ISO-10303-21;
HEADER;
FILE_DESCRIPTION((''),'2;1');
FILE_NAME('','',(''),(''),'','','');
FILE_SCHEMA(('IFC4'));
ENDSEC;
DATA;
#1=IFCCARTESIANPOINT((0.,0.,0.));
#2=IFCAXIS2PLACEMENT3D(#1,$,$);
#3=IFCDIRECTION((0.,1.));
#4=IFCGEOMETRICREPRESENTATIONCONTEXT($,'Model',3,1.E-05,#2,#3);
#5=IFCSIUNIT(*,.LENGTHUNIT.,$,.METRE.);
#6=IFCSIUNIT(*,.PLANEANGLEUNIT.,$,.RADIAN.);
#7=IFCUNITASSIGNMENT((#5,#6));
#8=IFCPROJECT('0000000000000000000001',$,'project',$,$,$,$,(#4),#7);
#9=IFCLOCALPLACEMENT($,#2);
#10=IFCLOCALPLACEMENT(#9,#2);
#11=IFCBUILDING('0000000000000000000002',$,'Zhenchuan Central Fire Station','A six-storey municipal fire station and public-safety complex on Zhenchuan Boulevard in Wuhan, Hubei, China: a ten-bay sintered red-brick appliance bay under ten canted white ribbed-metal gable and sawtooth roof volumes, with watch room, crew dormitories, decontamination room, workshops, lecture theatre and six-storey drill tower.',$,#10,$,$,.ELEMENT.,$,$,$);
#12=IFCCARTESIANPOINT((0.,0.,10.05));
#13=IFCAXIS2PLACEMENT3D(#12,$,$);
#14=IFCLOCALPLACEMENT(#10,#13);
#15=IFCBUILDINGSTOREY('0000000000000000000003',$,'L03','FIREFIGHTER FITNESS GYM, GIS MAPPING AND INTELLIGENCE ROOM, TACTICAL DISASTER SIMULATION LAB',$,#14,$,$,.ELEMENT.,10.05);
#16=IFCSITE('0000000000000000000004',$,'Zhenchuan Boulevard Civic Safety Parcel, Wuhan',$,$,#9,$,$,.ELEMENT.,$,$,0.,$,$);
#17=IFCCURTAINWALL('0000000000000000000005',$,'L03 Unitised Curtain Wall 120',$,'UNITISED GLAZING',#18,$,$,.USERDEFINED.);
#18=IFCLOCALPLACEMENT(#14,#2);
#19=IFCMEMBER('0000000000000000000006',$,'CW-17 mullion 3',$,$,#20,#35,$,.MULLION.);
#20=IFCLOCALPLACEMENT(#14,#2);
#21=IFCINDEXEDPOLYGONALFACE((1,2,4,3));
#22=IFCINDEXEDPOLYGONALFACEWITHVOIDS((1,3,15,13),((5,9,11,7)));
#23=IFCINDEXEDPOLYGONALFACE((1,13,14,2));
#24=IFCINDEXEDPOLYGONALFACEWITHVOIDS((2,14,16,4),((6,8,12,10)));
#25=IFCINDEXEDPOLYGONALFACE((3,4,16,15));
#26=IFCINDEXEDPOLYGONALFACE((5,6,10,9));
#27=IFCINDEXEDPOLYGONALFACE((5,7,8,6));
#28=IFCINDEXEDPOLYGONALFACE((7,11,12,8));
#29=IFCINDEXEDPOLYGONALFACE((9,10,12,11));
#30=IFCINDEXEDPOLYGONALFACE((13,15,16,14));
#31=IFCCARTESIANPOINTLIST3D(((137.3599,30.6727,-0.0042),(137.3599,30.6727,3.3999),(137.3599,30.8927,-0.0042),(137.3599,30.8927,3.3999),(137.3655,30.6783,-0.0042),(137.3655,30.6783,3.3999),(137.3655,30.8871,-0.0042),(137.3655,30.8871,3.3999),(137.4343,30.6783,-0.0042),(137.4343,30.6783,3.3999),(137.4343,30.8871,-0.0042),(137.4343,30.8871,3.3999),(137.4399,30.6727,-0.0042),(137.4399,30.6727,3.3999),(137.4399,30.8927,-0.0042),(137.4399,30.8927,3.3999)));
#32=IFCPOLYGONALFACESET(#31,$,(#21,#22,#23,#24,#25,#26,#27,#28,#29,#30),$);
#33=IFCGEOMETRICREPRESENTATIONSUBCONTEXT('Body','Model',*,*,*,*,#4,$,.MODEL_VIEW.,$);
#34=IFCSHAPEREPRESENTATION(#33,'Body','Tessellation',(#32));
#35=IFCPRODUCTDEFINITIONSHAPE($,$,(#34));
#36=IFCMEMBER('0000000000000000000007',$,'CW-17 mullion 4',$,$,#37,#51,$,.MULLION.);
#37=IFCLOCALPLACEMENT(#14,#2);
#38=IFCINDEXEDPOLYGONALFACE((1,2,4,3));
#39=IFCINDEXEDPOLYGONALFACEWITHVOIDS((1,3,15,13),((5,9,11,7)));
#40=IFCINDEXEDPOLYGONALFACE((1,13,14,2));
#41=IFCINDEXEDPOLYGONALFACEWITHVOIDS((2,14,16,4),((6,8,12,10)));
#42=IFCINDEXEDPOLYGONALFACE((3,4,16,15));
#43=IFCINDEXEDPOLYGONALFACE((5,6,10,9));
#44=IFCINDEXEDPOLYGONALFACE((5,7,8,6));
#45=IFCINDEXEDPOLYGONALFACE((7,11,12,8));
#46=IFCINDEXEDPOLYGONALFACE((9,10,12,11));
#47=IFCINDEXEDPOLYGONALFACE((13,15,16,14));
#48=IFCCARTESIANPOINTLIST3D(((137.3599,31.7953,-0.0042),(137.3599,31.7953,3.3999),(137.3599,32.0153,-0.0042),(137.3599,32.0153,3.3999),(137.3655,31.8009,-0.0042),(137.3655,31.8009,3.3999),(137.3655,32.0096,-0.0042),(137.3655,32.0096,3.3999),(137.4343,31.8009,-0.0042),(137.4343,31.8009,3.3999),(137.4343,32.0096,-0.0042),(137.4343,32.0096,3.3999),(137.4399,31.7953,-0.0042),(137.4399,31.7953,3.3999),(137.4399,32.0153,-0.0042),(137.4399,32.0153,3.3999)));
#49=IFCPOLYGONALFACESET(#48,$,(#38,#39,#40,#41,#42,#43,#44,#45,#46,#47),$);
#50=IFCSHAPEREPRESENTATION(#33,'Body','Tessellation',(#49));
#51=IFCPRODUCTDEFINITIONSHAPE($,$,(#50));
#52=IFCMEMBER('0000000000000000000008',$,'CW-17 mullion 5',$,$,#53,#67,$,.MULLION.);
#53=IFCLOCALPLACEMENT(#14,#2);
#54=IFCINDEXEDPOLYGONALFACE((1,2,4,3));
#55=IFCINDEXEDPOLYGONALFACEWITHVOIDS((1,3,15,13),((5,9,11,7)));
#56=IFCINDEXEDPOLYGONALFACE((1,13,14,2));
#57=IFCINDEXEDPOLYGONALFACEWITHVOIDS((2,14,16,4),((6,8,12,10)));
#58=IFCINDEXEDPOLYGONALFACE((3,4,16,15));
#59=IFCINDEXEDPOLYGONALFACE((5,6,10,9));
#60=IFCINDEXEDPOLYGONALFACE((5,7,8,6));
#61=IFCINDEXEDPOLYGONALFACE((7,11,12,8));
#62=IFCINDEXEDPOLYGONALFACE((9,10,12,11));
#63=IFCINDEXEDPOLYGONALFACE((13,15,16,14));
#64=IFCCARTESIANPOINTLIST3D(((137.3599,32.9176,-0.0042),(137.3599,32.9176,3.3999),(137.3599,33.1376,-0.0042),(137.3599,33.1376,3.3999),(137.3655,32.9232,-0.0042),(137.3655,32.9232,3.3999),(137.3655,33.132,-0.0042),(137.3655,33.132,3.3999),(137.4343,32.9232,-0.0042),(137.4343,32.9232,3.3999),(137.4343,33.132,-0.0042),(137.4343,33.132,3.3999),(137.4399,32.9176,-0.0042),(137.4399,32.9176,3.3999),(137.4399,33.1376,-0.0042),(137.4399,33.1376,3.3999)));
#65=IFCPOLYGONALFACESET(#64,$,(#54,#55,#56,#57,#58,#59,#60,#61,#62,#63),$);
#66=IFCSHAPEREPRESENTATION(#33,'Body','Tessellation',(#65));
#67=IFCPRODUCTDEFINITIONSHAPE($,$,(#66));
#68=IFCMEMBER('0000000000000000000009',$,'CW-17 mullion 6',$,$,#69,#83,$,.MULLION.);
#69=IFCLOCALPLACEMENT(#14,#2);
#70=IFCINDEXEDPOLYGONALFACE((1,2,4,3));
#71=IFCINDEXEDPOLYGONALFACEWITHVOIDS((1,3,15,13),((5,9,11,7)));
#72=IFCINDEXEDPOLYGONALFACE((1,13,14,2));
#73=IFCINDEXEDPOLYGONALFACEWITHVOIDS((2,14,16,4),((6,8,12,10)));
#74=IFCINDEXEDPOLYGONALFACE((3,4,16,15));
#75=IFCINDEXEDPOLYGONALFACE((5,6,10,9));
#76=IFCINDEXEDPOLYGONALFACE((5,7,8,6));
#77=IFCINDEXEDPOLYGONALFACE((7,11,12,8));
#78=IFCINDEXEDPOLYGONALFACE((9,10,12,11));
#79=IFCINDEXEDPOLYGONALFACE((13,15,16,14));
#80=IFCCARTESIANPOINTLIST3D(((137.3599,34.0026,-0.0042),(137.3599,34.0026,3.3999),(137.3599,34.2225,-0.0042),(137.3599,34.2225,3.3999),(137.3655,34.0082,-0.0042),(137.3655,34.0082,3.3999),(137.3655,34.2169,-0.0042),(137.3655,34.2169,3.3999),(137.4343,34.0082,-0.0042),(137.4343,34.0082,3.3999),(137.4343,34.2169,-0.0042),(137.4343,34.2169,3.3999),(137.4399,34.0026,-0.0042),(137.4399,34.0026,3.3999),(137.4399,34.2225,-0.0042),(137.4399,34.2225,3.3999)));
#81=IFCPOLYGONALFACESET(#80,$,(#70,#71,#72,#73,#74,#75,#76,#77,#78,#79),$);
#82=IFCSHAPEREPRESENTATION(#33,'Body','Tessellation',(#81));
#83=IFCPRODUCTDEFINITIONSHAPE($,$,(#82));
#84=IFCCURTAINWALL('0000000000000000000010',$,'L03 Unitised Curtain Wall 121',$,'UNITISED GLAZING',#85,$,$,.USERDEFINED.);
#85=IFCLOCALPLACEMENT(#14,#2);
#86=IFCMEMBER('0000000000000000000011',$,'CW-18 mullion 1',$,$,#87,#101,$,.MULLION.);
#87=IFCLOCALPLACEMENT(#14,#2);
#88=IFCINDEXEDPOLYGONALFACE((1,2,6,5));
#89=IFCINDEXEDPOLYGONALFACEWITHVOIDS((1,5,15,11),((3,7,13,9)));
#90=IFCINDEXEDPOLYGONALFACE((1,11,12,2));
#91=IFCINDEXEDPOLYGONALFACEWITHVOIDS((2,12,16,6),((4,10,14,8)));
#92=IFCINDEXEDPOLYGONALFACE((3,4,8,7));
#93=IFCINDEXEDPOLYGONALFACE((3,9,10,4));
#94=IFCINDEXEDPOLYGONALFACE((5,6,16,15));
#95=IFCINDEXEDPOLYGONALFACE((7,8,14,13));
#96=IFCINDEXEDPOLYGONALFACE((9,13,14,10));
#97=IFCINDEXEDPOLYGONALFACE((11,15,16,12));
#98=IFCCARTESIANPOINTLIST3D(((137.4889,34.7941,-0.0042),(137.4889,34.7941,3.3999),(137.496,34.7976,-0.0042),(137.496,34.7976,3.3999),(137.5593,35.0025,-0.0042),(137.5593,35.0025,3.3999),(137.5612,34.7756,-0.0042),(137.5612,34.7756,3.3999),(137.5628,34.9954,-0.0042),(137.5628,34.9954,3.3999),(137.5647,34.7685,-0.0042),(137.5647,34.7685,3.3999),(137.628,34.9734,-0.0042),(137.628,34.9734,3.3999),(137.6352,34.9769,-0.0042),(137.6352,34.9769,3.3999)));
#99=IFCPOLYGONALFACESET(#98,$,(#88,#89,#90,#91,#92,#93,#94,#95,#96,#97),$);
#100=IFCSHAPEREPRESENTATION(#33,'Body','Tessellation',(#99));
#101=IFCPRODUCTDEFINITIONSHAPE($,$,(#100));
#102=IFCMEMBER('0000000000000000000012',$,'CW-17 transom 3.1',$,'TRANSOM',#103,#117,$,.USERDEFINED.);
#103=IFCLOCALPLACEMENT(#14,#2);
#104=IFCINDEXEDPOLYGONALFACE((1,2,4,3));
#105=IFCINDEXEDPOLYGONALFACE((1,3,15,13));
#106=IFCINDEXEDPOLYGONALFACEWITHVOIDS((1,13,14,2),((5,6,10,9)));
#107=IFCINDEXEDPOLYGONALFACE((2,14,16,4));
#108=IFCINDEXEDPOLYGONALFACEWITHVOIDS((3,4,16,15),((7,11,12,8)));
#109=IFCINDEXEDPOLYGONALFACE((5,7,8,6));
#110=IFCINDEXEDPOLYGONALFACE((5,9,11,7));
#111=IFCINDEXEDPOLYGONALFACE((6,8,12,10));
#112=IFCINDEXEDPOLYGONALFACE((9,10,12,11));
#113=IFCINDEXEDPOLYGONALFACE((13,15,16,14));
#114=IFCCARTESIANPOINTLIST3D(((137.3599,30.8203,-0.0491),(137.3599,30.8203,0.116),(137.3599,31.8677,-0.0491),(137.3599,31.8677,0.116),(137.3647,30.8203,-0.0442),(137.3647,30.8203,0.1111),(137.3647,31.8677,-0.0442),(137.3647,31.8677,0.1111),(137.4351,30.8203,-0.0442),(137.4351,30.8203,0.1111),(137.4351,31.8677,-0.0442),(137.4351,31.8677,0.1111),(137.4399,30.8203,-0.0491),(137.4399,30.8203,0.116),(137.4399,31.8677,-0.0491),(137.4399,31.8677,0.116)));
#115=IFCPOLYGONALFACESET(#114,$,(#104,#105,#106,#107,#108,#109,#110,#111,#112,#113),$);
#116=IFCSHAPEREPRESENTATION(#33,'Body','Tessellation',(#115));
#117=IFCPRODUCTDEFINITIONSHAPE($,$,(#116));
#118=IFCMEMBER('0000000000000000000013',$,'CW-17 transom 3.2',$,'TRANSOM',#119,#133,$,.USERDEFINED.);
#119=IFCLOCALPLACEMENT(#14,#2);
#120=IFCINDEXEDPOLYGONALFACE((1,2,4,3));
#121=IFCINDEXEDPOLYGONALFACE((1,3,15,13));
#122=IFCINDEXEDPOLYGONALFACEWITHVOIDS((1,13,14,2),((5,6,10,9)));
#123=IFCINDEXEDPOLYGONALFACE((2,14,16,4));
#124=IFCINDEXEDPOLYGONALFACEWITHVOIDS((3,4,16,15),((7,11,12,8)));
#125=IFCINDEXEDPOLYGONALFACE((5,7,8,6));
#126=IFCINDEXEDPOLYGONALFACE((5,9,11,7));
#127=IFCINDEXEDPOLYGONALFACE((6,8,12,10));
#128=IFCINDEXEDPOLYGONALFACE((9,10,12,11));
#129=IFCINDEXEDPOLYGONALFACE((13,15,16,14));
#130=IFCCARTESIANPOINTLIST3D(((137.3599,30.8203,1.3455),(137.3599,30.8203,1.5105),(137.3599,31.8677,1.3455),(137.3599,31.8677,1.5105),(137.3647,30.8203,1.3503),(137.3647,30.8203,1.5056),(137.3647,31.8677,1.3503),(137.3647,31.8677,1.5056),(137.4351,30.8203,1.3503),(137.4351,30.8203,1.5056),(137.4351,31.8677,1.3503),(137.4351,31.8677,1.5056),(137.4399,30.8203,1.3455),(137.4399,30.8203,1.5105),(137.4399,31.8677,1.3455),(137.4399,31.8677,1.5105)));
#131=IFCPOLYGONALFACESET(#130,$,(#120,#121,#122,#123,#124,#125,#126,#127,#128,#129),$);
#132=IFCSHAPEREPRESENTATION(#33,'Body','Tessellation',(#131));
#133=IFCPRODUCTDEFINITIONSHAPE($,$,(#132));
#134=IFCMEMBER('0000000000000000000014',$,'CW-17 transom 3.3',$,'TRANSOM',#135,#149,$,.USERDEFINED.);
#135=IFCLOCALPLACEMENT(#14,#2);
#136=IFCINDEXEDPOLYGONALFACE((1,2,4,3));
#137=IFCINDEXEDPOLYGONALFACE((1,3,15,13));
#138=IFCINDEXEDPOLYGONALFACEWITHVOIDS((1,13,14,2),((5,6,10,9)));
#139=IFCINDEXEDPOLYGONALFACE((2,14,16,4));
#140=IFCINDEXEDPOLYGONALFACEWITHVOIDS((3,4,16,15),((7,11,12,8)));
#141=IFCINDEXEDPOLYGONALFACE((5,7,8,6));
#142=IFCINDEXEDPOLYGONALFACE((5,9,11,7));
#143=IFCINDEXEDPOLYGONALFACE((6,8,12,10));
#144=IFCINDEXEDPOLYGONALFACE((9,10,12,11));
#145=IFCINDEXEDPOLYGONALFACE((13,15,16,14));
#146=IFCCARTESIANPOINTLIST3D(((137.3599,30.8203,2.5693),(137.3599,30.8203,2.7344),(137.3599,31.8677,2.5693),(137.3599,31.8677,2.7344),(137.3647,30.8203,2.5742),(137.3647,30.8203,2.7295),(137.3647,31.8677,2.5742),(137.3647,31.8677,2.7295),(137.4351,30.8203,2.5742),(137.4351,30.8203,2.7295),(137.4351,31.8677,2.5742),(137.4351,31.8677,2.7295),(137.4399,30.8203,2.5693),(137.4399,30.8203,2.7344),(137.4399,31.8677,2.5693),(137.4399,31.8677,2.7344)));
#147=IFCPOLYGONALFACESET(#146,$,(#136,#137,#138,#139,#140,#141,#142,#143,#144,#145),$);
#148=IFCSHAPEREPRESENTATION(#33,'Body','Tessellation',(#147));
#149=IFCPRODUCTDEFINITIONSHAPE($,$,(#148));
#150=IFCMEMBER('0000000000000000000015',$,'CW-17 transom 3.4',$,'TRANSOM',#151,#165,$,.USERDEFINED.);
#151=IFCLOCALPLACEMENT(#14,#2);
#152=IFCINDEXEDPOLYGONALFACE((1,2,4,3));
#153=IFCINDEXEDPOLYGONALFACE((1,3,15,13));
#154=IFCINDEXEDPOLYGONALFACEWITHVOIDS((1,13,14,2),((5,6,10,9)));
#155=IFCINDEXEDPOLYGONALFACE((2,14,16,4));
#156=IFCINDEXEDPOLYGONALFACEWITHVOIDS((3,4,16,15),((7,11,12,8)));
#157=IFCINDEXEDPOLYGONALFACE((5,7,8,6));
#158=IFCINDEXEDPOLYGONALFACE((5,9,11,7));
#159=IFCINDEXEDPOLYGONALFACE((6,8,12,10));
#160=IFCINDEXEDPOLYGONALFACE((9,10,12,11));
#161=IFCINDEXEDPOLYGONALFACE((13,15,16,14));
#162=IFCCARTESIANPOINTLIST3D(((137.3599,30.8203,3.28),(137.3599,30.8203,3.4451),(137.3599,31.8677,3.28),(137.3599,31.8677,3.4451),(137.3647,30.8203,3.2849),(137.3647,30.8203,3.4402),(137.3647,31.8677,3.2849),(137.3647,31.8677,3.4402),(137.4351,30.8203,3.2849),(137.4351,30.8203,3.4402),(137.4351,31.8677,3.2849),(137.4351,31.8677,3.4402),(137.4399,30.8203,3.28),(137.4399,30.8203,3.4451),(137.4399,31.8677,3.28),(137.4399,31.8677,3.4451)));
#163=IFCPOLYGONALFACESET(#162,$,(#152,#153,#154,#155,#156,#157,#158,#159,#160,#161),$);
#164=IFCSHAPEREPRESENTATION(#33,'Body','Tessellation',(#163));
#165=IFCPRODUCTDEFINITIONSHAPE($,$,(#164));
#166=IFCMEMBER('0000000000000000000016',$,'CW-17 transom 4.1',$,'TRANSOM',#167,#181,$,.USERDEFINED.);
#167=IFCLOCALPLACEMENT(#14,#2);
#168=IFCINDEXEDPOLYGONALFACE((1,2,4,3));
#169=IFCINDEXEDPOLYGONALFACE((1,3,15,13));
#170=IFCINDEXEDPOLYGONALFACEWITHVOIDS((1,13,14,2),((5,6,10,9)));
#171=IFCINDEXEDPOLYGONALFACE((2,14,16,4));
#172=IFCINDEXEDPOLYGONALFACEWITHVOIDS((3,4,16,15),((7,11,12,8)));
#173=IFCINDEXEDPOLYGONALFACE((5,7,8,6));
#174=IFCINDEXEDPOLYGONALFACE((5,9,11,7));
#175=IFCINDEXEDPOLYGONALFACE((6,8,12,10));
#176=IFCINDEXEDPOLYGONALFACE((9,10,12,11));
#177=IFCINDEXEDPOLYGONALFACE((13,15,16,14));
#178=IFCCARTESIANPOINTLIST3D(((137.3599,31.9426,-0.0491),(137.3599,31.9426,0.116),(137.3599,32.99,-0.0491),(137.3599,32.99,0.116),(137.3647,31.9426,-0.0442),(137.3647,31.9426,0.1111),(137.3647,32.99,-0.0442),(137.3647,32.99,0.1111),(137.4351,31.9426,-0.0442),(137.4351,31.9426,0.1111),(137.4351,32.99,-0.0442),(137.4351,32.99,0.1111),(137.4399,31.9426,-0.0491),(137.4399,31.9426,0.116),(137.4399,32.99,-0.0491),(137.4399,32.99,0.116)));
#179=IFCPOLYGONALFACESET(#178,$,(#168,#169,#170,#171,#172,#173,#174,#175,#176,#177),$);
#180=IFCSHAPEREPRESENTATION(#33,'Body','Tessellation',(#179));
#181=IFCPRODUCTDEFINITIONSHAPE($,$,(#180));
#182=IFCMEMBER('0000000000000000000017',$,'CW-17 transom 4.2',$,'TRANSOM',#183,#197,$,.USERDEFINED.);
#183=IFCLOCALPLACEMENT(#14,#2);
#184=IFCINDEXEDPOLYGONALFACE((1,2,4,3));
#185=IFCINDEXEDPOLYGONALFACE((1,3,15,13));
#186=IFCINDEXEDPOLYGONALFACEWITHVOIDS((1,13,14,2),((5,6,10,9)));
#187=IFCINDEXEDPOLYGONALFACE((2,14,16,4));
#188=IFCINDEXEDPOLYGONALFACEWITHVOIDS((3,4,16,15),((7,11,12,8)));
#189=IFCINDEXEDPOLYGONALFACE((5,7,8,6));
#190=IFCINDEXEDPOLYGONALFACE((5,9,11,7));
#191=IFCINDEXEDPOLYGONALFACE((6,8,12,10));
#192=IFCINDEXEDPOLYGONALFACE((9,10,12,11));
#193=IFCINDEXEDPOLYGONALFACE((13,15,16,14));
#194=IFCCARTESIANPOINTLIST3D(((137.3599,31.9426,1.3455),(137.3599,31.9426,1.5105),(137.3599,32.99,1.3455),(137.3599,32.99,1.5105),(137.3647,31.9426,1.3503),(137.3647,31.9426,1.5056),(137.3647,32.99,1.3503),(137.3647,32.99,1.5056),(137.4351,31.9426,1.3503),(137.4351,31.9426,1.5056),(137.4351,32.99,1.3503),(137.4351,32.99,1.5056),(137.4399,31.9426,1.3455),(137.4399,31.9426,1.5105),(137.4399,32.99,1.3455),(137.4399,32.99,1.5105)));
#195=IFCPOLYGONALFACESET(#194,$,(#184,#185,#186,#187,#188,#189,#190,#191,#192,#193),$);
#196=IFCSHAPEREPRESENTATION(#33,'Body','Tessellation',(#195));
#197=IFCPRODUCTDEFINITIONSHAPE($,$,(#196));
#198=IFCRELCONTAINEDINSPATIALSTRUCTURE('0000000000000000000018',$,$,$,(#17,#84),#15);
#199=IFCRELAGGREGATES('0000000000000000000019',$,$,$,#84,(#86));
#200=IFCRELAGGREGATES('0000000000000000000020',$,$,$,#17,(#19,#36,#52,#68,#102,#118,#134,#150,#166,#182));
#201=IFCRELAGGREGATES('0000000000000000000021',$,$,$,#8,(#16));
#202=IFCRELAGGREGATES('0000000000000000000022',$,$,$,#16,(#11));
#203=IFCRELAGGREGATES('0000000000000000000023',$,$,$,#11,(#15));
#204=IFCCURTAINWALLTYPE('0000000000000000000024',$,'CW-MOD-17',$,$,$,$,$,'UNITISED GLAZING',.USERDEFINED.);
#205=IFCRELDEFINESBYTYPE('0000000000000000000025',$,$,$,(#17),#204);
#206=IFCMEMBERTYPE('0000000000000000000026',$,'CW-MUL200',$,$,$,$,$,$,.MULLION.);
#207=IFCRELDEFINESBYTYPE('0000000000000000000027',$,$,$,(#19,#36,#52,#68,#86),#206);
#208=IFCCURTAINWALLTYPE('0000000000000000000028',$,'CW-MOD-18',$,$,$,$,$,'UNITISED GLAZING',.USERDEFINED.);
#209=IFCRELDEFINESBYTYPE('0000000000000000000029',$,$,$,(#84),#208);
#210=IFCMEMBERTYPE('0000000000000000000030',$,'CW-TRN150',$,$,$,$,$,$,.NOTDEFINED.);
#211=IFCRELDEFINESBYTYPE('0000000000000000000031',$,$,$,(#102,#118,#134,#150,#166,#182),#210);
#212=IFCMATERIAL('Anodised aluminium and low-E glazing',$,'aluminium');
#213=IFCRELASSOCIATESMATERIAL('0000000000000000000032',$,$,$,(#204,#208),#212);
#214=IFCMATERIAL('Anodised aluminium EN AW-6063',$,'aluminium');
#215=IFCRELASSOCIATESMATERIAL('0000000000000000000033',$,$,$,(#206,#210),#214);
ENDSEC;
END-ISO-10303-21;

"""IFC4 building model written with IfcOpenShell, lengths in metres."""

from ifc_helpers import new_model, si_unit, direction, frame, origin, origin_2d, place, context, subcontext, project, spatial, hollow_rectangle, extrude, material, material_profile, profile_set, type_object, element, aggregate, save


model = new_model("IFC4")

# Units and contexts
model_context = context("Model", 3, precision=1e-05, world=origin(), true_north=direction((0.0, 1.0)))
body_context = subcontext(model_context, "Body", "Model", "MODEL_VIEW")
ifc_project = project(units=[si_unit("LENGTHUNIT", "METRE"), si_unit("PLANEANGLEUNIT", "RADIAN")], contexts=[model_context])

# Site, building, storey
site_placement = place(None, origin())
site = spatial("IfcSite", under=ifc_project, at=site_placement, Name="Zhenchuan Boulevard Civic Safety Parcel, Wuhan", CompositionType="ELEMENT", RefElevation=0.0)
building_placement = place(site_placement, origin())
building = spatial("IfcBuilding", under=site, at=building_placement, Name="Zhenchuan Central Fire Station", Description="A six-storey municipal fire station and public-safety complex on Zhenchuan Boulevard in Wuhan, Hubei, China: a ten-bay sintered red-brick appliance bay under ten canted white ribbed-metal gable and sawtooth roof volumes, with watch room, crew dormitories, decontamination room, workshops, lecture theatre and six-storey drill tower.", CompositionType="ELEMENT")
storey_placement = place(building_placement, frame((0.0, 0.0, 10.05)))
storey = spatial("IfcBuildingStorey", under=building, at=storey_placement, Name="L03", Description="FIREFIGHTER FITNESS GYM, GIS MAPPING AND INTELLIGENCE ROOM, TACTICAL DISASTER SIMULATION LAB", CompositionType="ELEMENT", Elevation=10.05)

# Curtain wall, members
ifc_material_1 = material(Name="Anodised aluminium and low-E glazing", Category="aluminium")
curtain_wall_type_1 = type_object("IfcCurtainWallType", Name="CW-MOD-17", ElementType="UNITISED GLAZING", PredefinedType="USERDEFINED", material=ifc_material_1)
curtain_wall_1_placement = place(storey_placement, origin())
curtain_wall_1 = element("IfcCurtainWall", 1, at=curtain_wall_1_placement, inside=storey, type_object=curtain_wall_type_1, Name="L03 Unitised Curtain Wall 120", ObjectType="UNITISED GLAZING", PredefinedType="USERDEFINED")
ifc_material_2 = material(Name="Anodised aluminium EN AW-6063", Category="aluminium")
ifc_material_profile_1 = material_profile(ifc_material_2, hollow_rectangle(XDim=0.0801, YDim=0.22, WallThickness=0.0056, at=origin_2d()), Name="ALU-M 220x80")
ifc_profile_set_1 = profile_set([ifc_material_profile_1], Name="Anodised aluminium EN AW-6063")
member_type_1 = type_object("IfcMemberType", Name="CW-MUL200", PredefinedType="MULLION", material=ifc_profile_set_1)
member_1_placement = place(storey_placement, frame((137.3999, 30.7827, -0.0042), z_axis=(0.0, 0.0, 1.0), x_axis=(-1.0, 0.0, 0.0)))
member_1 = element("IfcMember", 2, at=member_1_placement, type_object=member_type_1, Name="CW-17 mullion 3", PredefinedType="MULLION", context=body_context, shape_type="SweptSolid", body=[
    extrude(hollow_rectangle(XDim=0.0801, YDim=0.22, WallThickness=0.0056, at=origin_2d()), origin(), (0.0, 0.0, 1.0), 3.4041),
])
member_2_placement = place(storey_placement, frame((137.3999, 31.9053, -0.0042), z_axis=(0.0, 0.0, 1.0), x_axis=(-1.0, 0.0, 0.0)))
member_2 = element("IfcMember", 3, at=member_2_placement, type_object=member_type_1, Name="CW-17 mullion 4", PredefinedType="MULLION", context=body_context, shape_type="SweptSolid", body=[
    extrude(hollow_rectangle(XDim=0.0801, YDim=0.22, WallThickness=0.0056, at=origin_2d()), origin(), (0.0, 0.0, 1.0), 3.4041),
])
member_3_placement = place(storey_placement, frame((137.3999, 33.0276, -0.0042), z_axis=(0.0, 0.0, 1.0), x_axis=(-1.0, 0.0, 0.0)))
member_3 = element("IfcMember", 4, at=member_3_placement, type_object=member_type_1, Name="CW-17 mullion 5", PredefinedType="MULLION", context=body_context, shape_type="SweptSolid", body=[
    extrude(hollow_rectangle(XDim=0.0801, YDim=0.22, WallThickness=0.0056, at=origin_2d()), origin(), (0.0, 0.0, 1.0), 3.4041),
])
member_4_placement = place(storey_placement, frame((137.3999, 34.1125, -0.0042), z_axis=(0.0, 0.0, 1.0), x_axis=(-1.0, 0.0, 0.0)))
member_4 = element("IfcMember", 5, at=member_4_placement, type_object=member_type_1, Name="CW-17 mullion 6", PredefinedType="MULLION", context=body_context, shape_type="SweptSolid", body=[
    extrude(hollow_rectangle(XDim=0.0801, YDim=0.22, WallThickness=0.0056, at=origin_2d()), origin(), (0.0, 0.0, 1.0), 3.4041),
])

# Curtain wall, member
curtain_wall_type_2 = type_object("IfcCurtainWallType", Name="CW-MOD-18", ElementType="UNITISED GLAZING", PredefinedType="USERDEFINED", material=ifc_material_1)
curtain_wall_2_placement = place(storey_placement, origin())
curtain_wall_2 = element("IfcCurtainWall", 6, at=curtain_wall_2_placement, inside=storey, type_object=curtain_wall_type_2, Name="L03 Unitised Curtain Wall 121", ObjectType="UNITISED GLAZING", PredefinedType="USERDEFINED")
member_5_placement = place(storey_placement, frame((137.562, 34.8855, -0.0042), z_axis=(0.0, 0.0, 1.0), x_axis=(-0.947368, 0.320145, 0.0)))
member_5 = element("IfcMember", 7, at=member_5_placement, type_object=member_type_1, Name="CW-18 mullion 1", PredefinedType="MULLION", context=body_context, shape_type="SweptSolid", body=[
    extrude(hollow_rectangle(XDim=0.0801, YDim=0.22, WallThickness=0.0056, at=origin_2d()), origin(), (0.0, 0.0, 1.0), 3.4041),
])

# Members
ifc_material_profile_2 = material_profile(ifc_material_2, hollow_rectangle(XDim=0.0801, YDim=0.165, WallThickness=0.0049, at=origin_2d()), Name="ALU-T 165x80")
ifc_profile_set_2 = profile_set([ifc_material_profile_2], Name="Anodised aluminium EN AW-6063")
member_type_2 = type_object("IfcMemberType", Name="CW-TRN150", PredefinedType="NOTDEFINED", material=ifc_profile_set_2)
member_6_placement = place(storey_placement, frame((137.3999, 30.8203, 0.0334), z_axis=(0.0, 1.0, 0.0), x_axis=(-1.0, 0.0, 0.0)))
member_6 = element("IfcMember", 8, at=member_6_placement, type_object=member_type_2, Name="CW-17 transom 3.1", ObjectType="TRANSOM", PredefinedType="USERDEFINED", context=body_context, shape_type="SweptSolid", body=[
    extrude(hollow_rectangle(XDim=0.0801, YDim=0.165, WallThickness=0.0049, at=origin_2d()), origin(), (0.0, 0.0, 1.0), 1.0474),
])
member_7_placement = place(storey_placement, frame((137.3999, 30.8203, 1.428), z_axis=(0.0, 1.0, 0.0), x_axis=(-1.0, 0.0, 0.0)))
member_7 = element("IfcMember", 9, at=member_7_placement, type_object=member_type_2, Name="CW-17 transom 3.2", ObjectType="TRANSOM", PredefinedType="USERDEFINED", context=body_context, shape_type="SweptSolid", body=[
    extrude(hollow_rectangle(XDim=0.0801, YDim=0.165, WallThickness=0.0049, at=origin_2d()), origin(), (0.0, 0.0, 1.0), 1.0474),
])
member_8_placement = place(storey_placement, frame((137.3999, 30.8203, 2.6519), z_axis=(0.0, 1.0, 0.0), x_axis=(-1.0, 0.0, 0.0)))
member_8 = element("IfcMember", 10, at=member_8_placement, type_object=member_type_2, Name="CW-17 transom 3.3", ObjectType="TRANSOM", PredefinedType="USERDEFINED", context=body_context, shape_type="SweptSolid", body=[
    extrude(hollow_rectangle(XDim=0.0801, YDim=0.165, WallThickness=0.0049, at=origin_2d()), origin(), (0.0, 0.0, 1.0), 1.0474),
])
member_9_placement = place(storey_placement, frame((137.3999, 30.8203, 3.3625), z_axis=(0.0, 1.0, 0.0), x_axis=(-1.0, 0.0, 0.0)))
member_9 = element("IfcMember", 11, at=member_9_placement, type_object=member_type_2, Name="CW-17 transom 3.4", ObjectType="TRANSOM", PredefinedType="USERDEFINED", context=body_context, shape_type="SweptSolid", body=[
    extrude(hollow_rectangle(XDim=0.0801, YDim=0.165, WallThickness=0.0049, at=origin_2d()), origin(), (0.0, 0.0, 1.0), 1.0474),
])
member_10_placement = place(storey_placement, frame((137.3999, 31.9426, 0.0334), z_axis=(0.0, 1.0, 0.0), x_axis=(-1.0, 0.0, 0.0)))
member_10 = element("IfcMember", 12, at=member_10_placement, type_object=member_type_2, Name="CW-17 transom 4.1", ObjectType="TRANSOM", PredefinedType="USERDEFINED", context=body_context, shape_type="SweptSolid", body=[
    extrude(hollow_rectangle(XDim=0.0801, YDim=0.165, WallThickness=0.0049, at=origin_2d()), origin(), (0.0, 0.0, 1.0), 1.0474),
])
member_11_placement = place(storey_placement, frame((137.3999, 31.9426, 1.428), z_axis=(0.0, 1.0, 0.0), x_axis=(-1.0, 0.0, 0.0)))
member_11 = element("IfcMember", 13, at=member_11_placement, type_object=member_type_2, Name="CW-17 transom 4.2", ObjectType="TRANSOM", PredefinedType="USERDEFINED", context=body_context, shape_type="SweptSolid", body=[
    extrude(hollow_rectangle(XDim=0.0801, YDim=0.165, WallThickness=0.0049, at=origin_2d()), origin(), (0.0, 0.0, 1.0), 1.0474),
])
aggregate(curtain_wall_2, [member_5])

aggregate(curtain_wall_1, [member_1, member_2, member_3, member_4, member_6, member_7, member_8, member_9, member_10, member_11])

save(model, "model.ifc")
